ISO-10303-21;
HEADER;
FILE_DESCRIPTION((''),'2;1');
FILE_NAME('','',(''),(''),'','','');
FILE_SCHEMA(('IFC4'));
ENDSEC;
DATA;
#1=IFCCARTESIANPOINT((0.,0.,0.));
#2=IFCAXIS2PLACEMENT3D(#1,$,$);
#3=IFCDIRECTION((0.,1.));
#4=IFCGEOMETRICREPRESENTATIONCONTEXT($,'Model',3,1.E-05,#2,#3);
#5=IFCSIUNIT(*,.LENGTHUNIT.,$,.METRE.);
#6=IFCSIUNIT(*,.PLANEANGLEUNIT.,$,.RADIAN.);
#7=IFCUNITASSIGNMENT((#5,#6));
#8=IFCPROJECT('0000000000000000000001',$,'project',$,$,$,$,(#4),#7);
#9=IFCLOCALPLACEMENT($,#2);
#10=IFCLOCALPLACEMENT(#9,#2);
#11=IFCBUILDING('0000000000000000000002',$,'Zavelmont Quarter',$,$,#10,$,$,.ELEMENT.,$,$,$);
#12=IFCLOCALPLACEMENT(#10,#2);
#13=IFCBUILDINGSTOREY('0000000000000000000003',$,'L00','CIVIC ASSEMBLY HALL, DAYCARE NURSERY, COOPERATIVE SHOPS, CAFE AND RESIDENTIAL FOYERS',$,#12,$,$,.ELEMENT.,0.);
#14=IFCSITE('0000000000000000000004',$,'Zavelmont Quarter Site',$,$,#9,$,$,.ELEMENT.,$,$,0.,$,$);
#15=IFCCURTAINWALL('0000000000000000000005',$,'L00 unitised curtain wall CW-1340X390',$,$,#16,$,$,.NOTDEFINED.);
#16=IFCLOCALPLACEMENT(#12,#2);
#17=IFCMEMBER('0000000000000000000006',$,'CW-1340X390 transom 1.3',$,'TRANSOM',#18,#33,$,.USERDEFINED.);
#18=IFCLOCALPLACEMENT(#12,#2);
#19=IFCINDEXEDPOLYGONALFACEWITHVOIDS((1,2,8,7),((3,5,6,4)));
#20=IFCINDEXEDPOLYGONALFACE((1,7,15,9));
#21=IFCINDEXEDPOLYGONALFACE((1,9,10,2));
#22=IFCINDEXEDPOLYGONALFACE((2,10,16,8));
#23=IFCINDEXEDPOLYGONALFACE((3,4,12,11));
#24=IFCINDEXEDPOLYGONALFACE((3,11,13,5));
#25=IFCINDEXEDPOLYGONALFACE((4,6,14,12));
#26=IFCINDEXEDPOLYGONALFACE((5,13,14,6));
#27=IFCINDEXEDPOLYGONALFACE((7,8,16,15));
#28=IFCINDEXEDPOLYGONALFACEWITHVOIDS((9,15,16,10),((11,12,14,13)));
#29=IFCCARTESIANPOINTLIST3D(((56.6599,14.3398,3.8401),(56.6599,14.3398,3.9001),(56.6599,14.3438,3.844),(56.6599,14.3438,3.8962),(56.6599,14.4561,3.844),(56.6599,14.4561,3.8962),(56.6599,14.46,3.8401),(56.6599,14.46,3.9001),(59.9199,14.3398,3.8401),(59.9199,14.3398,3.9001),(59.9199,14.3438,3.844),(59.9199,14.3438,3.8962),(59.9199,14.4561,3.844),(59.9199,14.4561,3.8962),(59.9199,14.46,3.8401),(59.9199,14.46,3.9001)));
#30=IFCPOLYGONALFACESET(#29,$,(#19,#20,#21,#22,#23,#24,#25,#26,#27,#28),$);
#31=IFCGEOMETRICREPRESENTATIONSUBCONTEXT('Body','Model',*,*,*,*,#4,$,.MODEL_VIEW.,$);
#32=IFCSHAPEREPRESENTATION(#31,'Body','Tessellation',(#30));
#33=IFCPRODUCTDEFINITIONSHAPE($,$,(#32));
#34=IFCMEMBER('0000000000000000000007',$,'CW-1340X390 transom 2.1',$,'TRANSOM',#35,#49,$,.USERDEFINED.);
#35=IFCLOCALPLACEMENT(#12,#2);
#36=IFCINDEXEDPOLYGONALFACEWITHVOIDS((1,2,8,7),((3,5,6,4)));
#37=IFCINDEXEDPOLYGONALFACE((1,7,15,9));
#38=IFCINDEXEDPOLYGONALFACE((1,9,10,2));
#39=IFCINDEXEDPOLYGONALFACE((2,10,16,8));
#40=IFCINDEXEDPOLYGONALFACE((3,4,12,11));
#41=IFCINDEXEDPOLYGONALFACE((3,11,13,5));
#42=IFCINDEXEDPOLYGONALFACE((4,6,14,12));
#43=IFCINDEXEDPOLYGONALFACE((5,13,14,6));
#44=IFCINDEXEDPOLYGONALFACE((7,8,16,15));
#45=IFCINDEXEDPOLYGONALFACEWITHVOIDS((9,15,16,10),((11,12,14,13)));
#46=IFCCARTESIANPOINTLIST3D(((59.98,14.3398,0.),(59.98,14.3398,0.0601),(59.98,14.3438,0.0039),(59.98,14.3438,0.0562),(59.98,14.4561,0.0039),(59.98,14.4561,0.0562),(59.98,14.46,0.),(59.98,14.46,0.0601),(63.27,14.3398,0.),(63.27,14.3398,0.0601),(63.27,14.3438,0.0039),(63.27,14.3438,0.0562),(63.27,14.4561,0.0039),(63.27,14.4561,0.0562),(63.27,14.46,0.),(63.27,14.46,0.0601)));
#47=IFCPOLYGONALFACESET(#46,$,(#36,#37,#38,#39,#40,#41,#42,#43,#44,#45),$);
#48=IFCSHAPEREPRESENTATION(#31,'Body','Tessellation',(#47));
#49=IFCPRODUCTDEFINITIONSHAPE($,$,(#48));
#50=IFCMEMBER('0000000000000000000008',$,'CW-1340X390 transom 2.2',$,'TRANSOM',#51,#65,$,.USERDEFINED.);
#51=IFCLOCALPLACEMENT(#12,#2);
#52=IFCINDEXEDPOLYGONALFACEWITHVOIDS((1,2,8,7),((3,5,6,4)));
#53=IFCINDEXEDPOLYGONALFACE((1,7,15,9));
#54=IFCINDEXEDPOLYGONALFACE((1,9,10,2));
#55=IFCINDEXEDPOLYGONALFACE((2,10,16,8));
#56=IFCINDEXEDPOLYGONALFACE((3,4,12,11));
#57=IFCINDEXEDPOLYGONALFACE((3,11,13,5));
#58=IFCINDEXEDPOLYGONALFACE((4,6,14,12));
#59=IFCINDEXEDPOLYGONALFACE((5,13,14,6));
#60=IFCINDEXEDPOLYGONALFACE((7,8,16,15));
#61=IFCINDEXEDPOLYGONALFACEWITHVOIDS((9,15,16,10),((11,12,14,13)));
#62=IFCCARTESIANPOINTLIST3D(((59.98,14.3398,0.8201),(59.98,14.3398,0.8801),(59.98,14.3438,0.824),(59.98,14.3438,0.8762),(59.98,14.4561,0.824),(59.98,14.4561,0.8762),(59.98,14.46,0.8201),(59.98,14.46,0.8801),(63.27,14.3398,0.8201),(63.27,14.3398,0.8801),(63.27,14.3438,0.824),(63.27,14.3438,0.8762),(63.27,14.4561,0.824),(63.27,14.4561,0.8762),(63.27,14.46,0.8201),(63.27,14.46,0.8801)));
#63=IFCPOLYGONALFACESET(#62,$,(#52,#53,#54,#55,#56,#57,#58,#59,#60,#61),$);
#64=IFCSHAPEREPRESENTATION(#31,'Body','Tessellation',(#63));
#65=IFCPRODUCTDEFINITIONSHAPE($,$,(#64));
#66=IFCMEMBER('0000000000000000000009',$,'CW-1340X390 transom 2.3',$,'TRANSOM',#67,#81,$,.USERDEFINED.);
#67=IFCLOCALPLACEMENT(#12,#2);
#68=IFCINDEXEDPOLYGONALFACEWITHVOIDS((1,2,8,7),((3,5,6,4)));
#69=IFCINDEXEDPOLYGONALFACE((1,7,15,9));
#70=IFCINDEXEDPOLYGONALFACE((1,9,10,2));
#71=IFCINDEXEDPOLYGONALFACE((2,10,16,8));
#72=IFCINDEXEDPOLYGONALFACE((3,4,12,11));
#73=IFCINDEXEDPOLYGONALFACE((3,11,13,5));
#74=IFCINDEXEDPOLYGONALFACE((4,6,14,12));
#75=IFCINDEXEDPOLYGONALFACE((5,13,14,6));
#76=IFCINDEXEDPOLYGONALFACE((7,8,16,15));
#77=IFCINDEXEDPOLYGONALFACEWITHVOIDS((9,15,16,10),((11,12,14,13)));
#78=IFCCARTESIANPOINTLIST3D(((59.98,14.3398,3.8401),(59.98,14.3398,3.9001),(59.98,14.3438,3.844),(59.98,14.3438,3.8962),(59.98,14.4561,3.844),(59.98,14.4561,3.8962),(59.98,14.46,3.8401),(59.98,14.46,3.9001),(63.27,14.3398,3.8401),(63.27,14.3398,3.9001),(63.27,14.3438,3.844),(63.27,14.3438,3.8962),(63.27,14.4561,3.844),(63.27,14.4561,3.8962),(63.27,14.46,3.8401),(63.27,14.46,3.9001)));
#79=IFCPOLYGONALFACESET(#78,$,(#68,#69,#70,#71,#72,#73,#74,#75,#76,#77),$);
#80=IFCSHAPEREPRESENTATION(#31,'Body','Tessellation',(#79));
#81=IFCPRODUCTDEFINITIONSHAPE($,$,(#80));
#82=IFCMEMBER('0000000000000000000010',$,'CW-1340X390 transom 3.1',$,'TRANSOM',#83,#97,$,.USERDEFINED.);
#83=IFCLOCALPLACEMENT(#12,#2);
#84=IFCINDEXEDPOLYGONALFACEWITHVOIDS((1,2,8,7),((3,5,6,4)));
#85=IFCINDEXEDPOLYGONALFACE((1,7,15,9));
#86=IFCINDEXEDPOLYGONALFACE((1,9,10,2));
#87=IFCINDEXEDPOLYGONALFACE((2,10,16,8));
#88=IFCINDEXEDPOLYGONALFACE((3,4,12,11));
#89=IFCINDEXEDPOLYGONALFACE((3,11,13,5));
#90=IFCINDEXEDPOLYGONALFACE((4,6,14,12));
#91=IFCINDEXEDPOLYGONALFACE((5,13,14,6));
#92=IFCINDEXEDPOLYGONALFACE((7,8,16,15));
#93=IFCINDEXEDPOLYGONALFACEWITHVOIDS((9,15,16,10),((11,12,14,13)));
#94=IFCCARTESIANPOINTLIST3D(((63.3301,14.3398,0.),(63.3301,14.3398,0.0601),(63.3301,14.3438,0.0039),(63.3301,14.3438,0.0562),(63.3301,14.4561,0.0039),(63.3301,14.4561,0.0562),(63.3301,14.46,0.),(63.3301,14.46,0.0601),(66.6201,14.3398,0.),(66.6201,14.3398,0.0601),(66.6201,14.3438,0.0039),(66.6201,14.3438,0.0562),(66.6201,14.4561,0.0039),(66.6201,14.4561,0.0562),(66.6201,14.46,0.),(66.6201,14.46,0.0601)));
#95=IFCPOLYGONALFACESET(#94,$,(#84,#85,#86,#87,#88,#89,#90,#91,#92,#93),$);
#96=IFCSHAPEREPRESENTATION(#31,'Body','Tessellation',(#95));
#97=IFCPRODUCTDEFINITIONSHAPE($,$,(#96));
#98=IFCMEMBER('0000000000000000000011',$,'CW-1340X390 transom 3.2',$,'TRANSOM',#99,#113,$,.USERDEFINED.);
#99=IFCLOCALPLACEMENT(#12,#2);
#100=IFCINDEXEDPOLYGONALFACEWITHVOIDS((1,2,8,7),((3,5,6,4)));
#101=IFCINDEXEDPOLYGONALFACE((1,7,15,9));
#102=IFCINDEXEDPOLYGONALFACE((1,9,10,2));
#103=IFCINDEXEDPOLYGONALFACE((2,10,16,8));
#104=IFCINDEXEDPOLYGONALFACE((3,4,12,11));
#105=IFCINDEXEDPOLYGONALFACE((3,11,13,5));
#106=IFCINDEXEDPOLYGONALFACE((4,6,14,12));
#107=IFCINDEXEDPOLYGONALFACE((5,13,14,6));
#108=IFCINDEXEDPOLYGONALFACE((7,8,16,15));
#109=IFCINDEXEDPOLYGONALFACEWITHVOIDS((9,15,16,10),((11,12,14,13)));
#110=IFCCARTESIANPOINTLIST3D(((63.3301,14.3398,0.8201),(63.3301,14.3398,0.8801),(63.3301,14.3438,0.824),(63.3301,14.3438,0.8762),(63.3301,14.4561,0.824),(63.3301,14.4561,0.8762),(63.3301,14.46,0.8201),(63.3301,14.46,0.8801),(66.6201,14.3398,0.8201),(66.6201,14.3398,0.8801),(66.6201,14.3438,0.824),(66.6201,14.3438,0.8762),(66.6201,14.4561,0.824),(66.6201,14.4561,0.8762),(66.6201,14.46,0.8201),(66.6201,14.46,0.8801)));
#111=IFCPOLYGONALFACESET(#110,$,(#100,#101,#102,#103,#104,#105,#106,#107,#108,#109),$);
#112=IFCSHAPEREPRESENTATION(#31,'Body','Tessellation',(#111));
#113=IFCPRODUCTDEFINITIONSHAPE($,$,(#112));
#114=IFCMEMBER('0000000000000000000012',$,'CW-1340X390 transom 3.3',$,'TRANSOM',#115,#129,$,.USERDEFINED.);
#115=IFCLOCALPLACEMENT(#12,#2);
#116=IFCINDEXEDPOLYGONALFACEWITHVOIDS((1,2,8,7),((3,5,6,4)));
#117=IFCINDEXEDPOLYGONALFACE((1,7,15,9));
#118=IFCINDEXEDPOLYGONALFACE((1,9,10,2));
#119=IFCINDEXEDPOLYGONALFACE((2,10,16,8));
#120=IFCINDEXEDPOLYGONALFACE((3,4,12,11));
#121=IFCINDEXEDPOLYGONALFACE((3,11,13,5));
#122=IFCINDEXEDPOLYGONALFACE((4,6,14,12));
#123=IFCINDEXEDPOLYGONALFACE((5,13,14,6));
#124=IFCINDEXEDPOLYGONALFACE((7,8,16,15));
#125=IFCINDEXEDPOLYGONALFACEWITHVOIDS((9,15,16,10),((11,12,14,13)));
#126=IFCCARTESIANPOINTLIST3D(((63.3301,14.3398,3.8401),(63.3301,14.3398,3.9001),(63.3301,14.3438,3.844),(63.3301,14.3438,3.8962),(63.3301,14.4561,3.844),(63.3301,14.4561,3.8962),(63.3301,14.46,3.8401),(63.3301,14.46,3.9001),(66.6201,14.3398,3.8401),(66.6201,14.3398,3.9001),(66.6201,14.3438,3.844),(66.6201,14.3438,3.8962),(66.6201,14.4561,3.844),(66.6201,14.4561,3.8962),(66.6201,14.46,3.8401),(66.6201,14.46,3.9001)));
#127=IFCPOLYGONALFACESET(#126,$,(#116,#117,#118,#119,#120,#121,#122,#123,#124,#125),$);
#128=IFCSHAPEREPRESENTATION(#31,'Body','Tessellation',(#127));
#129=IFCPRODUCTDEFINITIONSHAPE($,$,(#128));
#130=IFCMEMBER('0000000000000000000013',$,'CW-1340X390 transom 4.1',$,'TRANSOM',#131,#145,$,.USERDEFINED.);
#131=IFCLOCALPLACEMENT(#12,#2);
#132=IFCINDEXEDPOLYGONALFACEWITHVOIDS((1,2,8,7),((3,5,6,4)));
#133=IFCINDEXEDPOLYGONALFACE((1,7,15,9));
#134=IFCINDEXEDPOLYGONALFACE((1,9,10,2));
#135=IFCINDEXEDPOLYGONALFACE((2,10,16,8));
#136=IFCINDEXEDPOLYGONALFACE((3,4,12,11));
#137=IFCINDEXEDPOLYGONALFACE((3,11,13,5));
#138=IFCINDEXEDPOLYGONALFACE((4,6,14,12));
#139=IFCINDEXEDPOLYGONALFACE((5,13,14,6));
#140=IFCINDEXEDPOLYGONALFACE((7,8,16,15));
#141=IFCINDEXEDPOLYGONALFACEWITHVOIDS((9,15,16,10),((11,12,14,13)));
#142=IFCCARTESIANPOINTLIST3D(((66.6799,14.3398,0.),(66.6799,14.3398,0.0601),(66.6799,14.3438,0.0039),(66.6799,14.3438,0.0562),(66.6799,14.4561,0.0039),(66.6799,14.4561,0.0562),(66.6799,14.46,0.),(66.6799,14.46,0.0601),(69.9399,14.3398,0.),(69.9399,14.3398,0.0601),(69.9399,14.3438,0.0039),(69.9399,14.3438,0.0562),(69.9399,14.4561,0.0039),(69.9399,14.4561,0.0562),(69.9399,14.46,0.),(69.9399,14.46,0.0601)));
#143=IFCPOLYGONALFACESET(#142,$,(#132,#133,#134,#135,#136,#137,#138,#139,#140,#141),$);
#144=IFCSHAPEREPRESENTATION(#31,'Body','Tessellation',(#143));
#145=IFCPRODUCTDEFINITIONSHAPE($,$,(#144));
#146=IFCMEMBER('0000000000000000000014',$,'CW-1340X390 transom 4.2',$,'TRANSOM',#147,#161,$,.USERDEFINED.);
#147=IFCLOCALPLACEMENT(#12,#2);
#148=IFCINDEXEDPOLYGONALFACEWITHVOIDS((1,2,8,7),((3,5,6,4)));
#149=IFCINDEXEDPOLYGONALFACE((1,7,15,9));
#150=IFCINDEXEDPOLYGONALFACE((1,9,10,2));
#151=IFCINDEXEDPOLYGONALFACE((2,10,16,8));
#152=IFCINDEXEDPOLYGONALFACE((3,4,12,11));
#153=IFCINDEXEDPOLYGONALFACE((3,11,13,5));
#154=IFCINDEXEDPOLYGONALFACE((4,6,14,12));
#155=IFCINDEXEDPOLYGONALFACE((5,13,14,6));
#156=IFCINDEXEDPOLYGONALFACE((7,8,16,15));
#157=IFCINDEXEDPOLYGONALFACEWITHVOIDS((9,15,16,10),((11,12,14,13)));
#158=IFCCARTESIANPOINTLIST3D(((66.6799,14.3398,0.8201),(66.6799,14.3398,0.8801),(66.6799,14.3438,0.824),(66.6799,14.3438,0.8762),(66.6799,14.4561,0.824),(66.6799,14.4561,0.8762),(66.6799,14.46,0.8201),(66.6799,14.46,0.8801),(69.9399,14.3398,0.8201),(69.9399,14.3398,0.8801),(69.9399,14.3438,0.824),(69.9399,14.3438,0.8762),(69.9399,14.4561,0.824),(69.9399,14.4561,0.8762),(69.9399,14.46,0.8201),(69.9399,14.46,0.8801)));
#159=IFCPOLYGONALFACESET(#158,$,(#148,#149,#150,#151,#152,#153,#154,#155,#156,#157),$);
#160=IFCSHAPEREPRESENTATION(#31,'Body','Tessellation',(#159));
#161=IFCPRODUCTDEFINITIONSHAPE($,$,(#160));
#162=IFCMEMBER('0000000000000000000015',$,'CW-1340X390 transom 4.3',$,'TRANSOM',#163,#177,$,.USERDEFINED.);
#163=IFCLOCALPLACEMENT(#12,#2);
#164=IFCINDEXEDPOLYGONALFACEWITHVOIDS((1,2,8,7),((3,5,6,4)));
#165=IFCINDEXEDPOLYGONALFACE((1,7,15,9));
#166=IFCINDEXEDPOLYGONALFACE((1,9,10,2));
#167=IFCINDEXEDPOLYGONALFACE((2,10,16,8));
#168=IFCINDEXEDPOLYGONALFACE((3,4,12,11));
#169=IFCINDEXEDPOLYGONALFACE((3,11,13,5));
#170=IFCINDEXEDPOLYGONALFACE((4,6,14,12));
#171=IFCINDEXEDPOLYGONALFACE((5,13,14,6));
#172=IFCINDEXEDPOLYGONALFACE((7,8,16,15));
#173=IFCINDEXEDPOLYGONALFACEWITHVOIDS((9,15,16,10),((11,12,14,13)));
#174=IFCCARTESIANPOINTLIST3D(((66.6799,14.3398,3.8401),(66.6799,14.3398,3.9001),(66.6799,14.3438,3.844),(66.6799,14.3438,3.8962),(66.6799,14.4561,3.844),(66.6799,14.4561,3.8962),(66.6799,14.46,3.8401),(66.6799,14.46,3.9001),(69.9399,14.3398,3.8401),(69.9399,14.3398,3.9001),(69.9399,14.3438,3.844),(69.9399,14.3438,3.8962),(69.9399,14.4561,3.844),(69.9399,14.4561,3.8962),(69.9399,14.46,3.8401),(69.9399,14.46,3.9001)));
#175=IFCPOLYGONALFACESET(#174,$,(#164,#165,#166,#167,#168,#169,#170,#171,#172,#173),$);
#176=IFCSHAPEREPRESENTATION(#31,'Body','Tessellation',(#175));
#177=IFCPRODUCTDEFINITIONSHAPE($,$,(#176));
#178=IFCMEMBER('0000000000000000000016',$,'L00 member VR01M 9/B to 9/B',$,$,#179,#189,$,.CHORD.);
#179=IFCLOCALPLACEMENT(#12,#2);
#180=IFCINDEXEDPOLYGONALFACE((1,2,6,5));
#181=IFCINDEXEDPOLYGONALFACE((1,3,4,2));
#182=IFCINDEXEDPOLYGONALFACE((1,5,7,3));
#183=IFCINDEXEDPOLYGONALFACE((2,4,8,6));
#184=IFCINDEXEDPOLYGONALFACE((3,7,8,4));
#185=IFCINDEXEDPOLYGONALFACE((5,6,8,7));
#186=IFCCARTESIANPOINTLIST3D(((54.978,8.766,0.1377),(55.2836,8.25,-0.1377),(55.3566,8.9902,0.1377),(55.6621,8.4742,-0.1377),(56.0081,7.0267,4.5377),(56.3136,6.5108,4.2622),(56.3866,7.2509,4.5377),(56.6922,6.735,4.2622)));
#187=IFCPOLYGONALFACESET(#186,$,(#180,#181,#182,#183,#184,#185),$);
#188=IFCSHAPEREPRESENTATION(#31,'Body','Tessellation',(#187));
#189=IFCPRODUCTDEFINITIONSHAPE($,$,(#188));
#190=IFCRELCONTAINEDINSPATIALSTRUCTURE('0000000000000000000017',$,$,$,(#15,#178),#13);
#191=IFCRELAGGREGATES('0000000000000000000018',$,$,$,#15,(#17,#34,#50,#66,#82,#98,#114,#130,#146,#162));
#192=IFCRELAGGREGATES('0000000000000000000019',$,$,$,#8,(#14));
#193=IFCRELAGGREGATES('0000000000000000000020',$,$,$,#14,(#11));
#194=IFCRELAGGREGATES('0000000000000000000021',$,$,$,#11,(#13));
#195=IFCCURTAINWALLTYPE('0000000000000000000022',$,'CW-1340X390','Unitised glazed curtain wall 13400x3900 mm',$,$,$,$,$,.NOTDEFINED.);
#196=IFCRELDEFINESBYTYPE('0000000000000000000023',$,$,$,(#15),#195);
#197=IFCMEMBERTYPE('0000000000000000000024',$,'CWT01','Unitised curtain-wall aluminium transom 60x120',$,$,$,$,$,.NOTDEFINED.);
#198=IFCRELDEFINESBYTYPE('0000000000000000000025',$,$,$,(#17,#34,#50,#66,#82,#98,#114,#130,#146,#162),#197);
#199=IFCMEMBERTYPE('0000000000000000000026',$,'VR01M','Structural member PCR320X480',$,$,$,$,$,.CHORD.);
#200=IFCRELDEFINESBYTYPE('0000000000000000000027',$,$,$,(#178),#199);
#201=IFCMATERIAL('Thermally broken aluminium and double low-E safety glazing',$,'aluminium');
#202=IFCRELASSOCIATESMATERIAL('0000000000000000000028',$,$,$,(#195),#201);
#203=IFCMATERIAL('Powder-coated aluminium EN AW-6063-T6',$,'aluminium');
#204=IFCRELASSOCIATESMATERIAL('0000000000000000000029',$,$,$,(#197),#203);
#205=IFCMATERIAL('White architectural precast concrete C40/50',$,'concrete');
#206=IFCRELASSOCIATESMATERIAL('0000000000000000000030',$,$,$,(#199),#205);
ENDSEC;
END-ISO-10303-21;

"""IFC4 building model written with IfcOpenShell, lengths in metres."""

from ifc_helpers import new_model, si_unit, direction, frame, origin, origin_2d, place, context, subcontext, project, spatial, rectangle, hollow_rectangle, extrude, material, material_profile, profile_set, type_object, element, aggregate, save


model = new_model("IFC4")

# Units and contexts
model_context = context("Model", 3, precision=1e-05, world=origin(), true_north=direction((0.0, 1.0)))
body_context = subcontext(model_context, "Body", "Model", "MODEL_VIEW")
ifc_project = project(units=[si_unit("LENGTHUNIT", "METRE"), si_unit("PLANEANGLEUNIT", "RADIAN")], contexts=[model_context])

# Site, building, storey
site_placement = place(None, origin())
site = spatial("IfcSite", under=ifc_project, at=site_placement, Name="Zavelmont Quarter Site", CompositionType="ELEMENT", RefElevation=0.0)
building_placement = place(site_placement, origin())
building = spatial("IfcBuilding", under=site, at=building_placement, Name="Zavelmont Quarter", CompositionType="ELEMENT")
storey_placement = place(building_placement, origin())
storey = spatial("IfcBuildingStorey", under=building, at=storey_placement, Name="L00", Description="CIVIC ASSEMBLY HALL, DAYCARE NURSERY, COOPERATIVE SHOPS, CAFE AND RESIDENTIAL FOYERS", CompositionType="ELEMENT", Elevation=0.0)

# Curtain wall, members
ifc_material_1 = material(Name="Thermally broken aluminium and double low-E safety glazing", Category="aluminium")
curtain_wall_type = type_object("IfcCurtainWallType", Name="CW-1340X390", Description="Unitised glazed curtain wall 13400x3900 mm", PredefinedType="NOTDEFINED", material=ifc_material_1)
curtain_wall_placement = place(storey_placement, origin())
curtain_wall = element("IfcCurtainWall", 1, at=curtain_wall_placement, inside=storey, type_object=curtain_wall_type, Name="L00 unitised curtain wall CW-1340X390", PredefinedType="NOTDEFINED")
ifc_material_2 = material(Name="Powder-coated aluminium EN AW-6063-T6", Category="aluminium")
ifc_material_profile_1 = material_profile(ifc_material_2, hollow_rectangle(XDim=0.1201, YDim=0.0601, WallThickness=0.0039, at=origin_2d()), Name="CWT60X120")
ifc_profile_set_1 = profile_set([ifc_material_profile_1], Name="Powder-coated aluminium EN AW-6063-T6")
member_type_1 = type_object("IfcMemberType", Name="CWT01", Description="Unitised curtain-wall aluminium transom 60x120", PredefinedType="NOTDEFINED", material=ifc_profile_set_1)
member_1_placement = place(storey_placement, frame((56.6599, 14.3999, 3.8701), z_axis=(1.0, 0.0, 0.0), x_axis=(0.0, 1.0, 0.0)))
member_1 = element("IfcMember", 2, at=member_1_placement, type_object=member_type_1, Name="CW-1340X390 transom 1.3", ObjectType="TRANSOM", PredefinedType="USERDEFINED", context=body_context, shape_type="SweptSolid", body=[
    extrude(hollow_rectangle(XDim=0.1201, YDim=0.0601, WallThickness=0.0039, at=origin_2d()), origin(), (0.0, 0.0, 1.0), 3.26),
])
member_2_placement = place(storey_placement, frame((59.98, 14.3999, 0.03), z_axis=(1.0, 0.0, 0.0), x_axis=(0.0, 1.0, 0.0)))
member_2 = element("IfcMember", 3, at=member_2_placement, type_object=member_type_1, Name="CW-1340X390 transom 2.1", ObjectType="TRANSOM", PredefinedType="USERDEFINED", context=body_context, shape_type="SweptSolid", body=[
    extrude(hollow_rectangle(XDim=0.1201, YDim=0.0601, WallThickness=0.0039, at=origin_2d()), origin(), (0.0, 0.0, 1.0), 3.29),
])
member_3_placement = place(storey_placement, frame((59.98, 14.3999, 0.8501), z_axis=(1.0, 0.0, 0.0), x_axis=(0.0, 1.0, 0.0)))
member_3 = element("IfcMember", 4, at=member_3_placement, type_object=member_type_1, Name="CW-1340X390 transom 2.2", ObjectType="TRANSOM", PredefinedType="USERDEFINED", context=body_context, shape_type="SweptSolid", body=[
    extrude(hollow_rectangle(XDim=0.1201, YDim=0.0601, WallThickness=0.0039, at=origin_2d()), origin(), (0.0, 0.0, 1.0), 3.29),
])
member_4_placement = place(storey_placement, frame((59.98, 14.3999, 3.8701), z_axis=(1.0, 0.0, 0.0), x_axis=(0.0, 1.0, 0.0)))
member_4 = element("IfcMember", 5, at=member_4_placement, type_object=member_type_1, Name="CW-1340X390 transom 2.3", ObjectType="TRANSOM", PredefinedType="USERDEFINED", context=body_context, shape_type="SweptSolid", body=[
    extrude(hollow_rectangle(XDim=0.1201, YDim=0.0601, WallThickness=0.0039, at=origin_2d()), origin(), (0.0, 0.0, 1.0), 3.29),
])
member_5_placement = place(storey_placement, frame((63.3301, 14.3999, 0.03), z_axis=(1.0, 0.0, 0.0), x_axis=(0.0, 1.0, 0.0)))
member_5 = element("IfcMember", 6, at=member_5_placement, type_object=member_type_1, Name="CW-1340X390 transom 3.1", ObjectType="TRANSOM", PredefinedType="USERDEFINED", context=body_context, shape_type="SweptSolid", body=[
    extrude(hollow_rectangle(XDim=0.1201, YDim=0.0601, WallThickness=0.0039, at=origin_2d()), origin(), (0.0, 0.0, 1.0), 3.29),
])
member_6_placement = place(storey_placement, frame((63.3301, 14.3999, 0.8501), z_axis=(1.0, 0.0, 0.0), x_axis=(0.0, 1.0, 0.0)))
member_6 = element("IfcMember", 7, at=member_6_placement, type_object=member_type_1, Name="CW-1340X390 transom 3.2", ObjectType="TRANSOM", PredefinedType="USERDEFINED", context=body_context, shape_type="SweptSolid", body=[
    extrude(hollow_rectangle(XDim=0.1201, YDim=0.0601, WallThickness=0.0039, at=origin_2d()), origin(), (0.0, 0.0, 1.0), 3.29),
])
member_7_placement = place(storey_placement, frame((63.3301, 14.3999, 3.8701), z_axis=(1.0, 0.0, 0.0), x_axis=(0.0, 1.0, 0.0)))
member_7 = element("IfcMember", 8, at=member_7_placement, type_object=member_type_1, Name="CW-1340X390 transom 3.3", ObjectType="TRANSOM", PredefinedType="USERDEFINED", context=body_context, shape_type="SweptSolid", body=[
    extrude(hollow_rectangle(XDim=0.1201, YDim=0.0601, WallThickness=0.0039, at=origin_2d()), origin(), (0.0, 0.0, 1.0), 3.29),
])
member_8_placement = place(storey_placement, frame((66.6799, 14.3999, 0.03), z_axis=(1.0, 0.0, 0.0), x_axis=(0.0, 1.0, 0.0)))
member_8 = element("IfcMember", 9, at=member_8_placement, type_object=member_type_1, Name="CW-1340X390 transom 4.1", ObjectType="TRANSOM", PredefinedType="USERDEFINED", context=body_context, shape_type="SweptSolid", body=[
    extrude(hollow_rectangle(XDim=0.1201, YDim=0.0601, WallThickness=0.0039, at=origin_2d()), origin(), (0.0, 0.0, 1.0), 3.26),
])
member_9_placement = place(storey_placement, frame((66.6799, 14.3999, 0.8501), z_axis=(1.0, 0.0, 0.0), x_axis=(0.0, 1.0, 0.0)))
member_9 = element("IfcMember", 10, at=member_9_placement, type_object=member_type_1, Name="CW-1340X390 transom 4.2", ObjectType="TRANSOM", PredefinedType="USERDEFINED", context=body_context, shape_type="SweptSolid", body=[
    extrude(hollow_rectangle(XDim=0.1201, YDim=0.0601, WallThickness=0.0039, at=origin_2d()), origin(), (0.0, 0.0, 1.0), 3.26),
])
member_10_placement = place(storey_placement, frame((66.6799, 14.3999, 3.8701), z_axis=(1.0, 0.0, 0.0), x_axis=(0.0, 1.0, 0.0)))
member_10 = element("IfcMember", 11, at=member_10_placement, type_object=member_type_1, Name="CW-1340X390 transom 4.3", ObjectType="TRANSOM", PredefinedType="USERDEFINED", context=body_context, shape_type="SweptSolid", body=[
    extrude(hollow_rectangle(XDim=0.1201, YDim=0.0601, WallThickness=0.0039, at=origin_2d()), origin(), (0.0, 0.0, 1.0), 3.26),
])

# Member
ifc_material_3 = material(Name="White architectural precast concrete C40/50", Category="concrete")
ifc_material_profile_2 = material_profile(ifc_material_3, rectangle(XDim=0.4399, YDim=0.6599, at=origin_2d()), Name="PCR320X480")
ifc_profile_set_2 = profile_set([ifc_material_profile_2], Name="White architectural precast concrete C40/50")
member_type_2 = type_object("IfcMemberType", Name="VR01M", Description="Structural member PCR320X480", PredefinedType="CHORD", material=ifc_profile_set_2)
for number, where, z_axis, x_axis, name in (
    (12, (55.3201, 8.6201, 0.0), (0.212727, -0.359201, 0.908692), (0.860431, 0.509567, 0.0), "L00 member VR01M 9/B to 9/B"),
):
    element("IfcMember", number, at=place(storey_placement, frame(where, z_axis=z_axis, x_axis=x_axis)), inside=storey, type_object=member_type_2, Name=name, PredefinedType="CHORD", context=body_context, shape_type="SweptSolid", body=[
        extrude(rectangle(XDim=0.4399, YDim=0.6599, at=origin_2d()), origin(), (0.0, 0.0, 1.0), 4.842),
    ])

aggregate(curtain_wall, [member_1, member_2, member_3, member_4, member_5, member_6, member_7, member_8, member_9, member_10])

save(model, "model.ifc")
